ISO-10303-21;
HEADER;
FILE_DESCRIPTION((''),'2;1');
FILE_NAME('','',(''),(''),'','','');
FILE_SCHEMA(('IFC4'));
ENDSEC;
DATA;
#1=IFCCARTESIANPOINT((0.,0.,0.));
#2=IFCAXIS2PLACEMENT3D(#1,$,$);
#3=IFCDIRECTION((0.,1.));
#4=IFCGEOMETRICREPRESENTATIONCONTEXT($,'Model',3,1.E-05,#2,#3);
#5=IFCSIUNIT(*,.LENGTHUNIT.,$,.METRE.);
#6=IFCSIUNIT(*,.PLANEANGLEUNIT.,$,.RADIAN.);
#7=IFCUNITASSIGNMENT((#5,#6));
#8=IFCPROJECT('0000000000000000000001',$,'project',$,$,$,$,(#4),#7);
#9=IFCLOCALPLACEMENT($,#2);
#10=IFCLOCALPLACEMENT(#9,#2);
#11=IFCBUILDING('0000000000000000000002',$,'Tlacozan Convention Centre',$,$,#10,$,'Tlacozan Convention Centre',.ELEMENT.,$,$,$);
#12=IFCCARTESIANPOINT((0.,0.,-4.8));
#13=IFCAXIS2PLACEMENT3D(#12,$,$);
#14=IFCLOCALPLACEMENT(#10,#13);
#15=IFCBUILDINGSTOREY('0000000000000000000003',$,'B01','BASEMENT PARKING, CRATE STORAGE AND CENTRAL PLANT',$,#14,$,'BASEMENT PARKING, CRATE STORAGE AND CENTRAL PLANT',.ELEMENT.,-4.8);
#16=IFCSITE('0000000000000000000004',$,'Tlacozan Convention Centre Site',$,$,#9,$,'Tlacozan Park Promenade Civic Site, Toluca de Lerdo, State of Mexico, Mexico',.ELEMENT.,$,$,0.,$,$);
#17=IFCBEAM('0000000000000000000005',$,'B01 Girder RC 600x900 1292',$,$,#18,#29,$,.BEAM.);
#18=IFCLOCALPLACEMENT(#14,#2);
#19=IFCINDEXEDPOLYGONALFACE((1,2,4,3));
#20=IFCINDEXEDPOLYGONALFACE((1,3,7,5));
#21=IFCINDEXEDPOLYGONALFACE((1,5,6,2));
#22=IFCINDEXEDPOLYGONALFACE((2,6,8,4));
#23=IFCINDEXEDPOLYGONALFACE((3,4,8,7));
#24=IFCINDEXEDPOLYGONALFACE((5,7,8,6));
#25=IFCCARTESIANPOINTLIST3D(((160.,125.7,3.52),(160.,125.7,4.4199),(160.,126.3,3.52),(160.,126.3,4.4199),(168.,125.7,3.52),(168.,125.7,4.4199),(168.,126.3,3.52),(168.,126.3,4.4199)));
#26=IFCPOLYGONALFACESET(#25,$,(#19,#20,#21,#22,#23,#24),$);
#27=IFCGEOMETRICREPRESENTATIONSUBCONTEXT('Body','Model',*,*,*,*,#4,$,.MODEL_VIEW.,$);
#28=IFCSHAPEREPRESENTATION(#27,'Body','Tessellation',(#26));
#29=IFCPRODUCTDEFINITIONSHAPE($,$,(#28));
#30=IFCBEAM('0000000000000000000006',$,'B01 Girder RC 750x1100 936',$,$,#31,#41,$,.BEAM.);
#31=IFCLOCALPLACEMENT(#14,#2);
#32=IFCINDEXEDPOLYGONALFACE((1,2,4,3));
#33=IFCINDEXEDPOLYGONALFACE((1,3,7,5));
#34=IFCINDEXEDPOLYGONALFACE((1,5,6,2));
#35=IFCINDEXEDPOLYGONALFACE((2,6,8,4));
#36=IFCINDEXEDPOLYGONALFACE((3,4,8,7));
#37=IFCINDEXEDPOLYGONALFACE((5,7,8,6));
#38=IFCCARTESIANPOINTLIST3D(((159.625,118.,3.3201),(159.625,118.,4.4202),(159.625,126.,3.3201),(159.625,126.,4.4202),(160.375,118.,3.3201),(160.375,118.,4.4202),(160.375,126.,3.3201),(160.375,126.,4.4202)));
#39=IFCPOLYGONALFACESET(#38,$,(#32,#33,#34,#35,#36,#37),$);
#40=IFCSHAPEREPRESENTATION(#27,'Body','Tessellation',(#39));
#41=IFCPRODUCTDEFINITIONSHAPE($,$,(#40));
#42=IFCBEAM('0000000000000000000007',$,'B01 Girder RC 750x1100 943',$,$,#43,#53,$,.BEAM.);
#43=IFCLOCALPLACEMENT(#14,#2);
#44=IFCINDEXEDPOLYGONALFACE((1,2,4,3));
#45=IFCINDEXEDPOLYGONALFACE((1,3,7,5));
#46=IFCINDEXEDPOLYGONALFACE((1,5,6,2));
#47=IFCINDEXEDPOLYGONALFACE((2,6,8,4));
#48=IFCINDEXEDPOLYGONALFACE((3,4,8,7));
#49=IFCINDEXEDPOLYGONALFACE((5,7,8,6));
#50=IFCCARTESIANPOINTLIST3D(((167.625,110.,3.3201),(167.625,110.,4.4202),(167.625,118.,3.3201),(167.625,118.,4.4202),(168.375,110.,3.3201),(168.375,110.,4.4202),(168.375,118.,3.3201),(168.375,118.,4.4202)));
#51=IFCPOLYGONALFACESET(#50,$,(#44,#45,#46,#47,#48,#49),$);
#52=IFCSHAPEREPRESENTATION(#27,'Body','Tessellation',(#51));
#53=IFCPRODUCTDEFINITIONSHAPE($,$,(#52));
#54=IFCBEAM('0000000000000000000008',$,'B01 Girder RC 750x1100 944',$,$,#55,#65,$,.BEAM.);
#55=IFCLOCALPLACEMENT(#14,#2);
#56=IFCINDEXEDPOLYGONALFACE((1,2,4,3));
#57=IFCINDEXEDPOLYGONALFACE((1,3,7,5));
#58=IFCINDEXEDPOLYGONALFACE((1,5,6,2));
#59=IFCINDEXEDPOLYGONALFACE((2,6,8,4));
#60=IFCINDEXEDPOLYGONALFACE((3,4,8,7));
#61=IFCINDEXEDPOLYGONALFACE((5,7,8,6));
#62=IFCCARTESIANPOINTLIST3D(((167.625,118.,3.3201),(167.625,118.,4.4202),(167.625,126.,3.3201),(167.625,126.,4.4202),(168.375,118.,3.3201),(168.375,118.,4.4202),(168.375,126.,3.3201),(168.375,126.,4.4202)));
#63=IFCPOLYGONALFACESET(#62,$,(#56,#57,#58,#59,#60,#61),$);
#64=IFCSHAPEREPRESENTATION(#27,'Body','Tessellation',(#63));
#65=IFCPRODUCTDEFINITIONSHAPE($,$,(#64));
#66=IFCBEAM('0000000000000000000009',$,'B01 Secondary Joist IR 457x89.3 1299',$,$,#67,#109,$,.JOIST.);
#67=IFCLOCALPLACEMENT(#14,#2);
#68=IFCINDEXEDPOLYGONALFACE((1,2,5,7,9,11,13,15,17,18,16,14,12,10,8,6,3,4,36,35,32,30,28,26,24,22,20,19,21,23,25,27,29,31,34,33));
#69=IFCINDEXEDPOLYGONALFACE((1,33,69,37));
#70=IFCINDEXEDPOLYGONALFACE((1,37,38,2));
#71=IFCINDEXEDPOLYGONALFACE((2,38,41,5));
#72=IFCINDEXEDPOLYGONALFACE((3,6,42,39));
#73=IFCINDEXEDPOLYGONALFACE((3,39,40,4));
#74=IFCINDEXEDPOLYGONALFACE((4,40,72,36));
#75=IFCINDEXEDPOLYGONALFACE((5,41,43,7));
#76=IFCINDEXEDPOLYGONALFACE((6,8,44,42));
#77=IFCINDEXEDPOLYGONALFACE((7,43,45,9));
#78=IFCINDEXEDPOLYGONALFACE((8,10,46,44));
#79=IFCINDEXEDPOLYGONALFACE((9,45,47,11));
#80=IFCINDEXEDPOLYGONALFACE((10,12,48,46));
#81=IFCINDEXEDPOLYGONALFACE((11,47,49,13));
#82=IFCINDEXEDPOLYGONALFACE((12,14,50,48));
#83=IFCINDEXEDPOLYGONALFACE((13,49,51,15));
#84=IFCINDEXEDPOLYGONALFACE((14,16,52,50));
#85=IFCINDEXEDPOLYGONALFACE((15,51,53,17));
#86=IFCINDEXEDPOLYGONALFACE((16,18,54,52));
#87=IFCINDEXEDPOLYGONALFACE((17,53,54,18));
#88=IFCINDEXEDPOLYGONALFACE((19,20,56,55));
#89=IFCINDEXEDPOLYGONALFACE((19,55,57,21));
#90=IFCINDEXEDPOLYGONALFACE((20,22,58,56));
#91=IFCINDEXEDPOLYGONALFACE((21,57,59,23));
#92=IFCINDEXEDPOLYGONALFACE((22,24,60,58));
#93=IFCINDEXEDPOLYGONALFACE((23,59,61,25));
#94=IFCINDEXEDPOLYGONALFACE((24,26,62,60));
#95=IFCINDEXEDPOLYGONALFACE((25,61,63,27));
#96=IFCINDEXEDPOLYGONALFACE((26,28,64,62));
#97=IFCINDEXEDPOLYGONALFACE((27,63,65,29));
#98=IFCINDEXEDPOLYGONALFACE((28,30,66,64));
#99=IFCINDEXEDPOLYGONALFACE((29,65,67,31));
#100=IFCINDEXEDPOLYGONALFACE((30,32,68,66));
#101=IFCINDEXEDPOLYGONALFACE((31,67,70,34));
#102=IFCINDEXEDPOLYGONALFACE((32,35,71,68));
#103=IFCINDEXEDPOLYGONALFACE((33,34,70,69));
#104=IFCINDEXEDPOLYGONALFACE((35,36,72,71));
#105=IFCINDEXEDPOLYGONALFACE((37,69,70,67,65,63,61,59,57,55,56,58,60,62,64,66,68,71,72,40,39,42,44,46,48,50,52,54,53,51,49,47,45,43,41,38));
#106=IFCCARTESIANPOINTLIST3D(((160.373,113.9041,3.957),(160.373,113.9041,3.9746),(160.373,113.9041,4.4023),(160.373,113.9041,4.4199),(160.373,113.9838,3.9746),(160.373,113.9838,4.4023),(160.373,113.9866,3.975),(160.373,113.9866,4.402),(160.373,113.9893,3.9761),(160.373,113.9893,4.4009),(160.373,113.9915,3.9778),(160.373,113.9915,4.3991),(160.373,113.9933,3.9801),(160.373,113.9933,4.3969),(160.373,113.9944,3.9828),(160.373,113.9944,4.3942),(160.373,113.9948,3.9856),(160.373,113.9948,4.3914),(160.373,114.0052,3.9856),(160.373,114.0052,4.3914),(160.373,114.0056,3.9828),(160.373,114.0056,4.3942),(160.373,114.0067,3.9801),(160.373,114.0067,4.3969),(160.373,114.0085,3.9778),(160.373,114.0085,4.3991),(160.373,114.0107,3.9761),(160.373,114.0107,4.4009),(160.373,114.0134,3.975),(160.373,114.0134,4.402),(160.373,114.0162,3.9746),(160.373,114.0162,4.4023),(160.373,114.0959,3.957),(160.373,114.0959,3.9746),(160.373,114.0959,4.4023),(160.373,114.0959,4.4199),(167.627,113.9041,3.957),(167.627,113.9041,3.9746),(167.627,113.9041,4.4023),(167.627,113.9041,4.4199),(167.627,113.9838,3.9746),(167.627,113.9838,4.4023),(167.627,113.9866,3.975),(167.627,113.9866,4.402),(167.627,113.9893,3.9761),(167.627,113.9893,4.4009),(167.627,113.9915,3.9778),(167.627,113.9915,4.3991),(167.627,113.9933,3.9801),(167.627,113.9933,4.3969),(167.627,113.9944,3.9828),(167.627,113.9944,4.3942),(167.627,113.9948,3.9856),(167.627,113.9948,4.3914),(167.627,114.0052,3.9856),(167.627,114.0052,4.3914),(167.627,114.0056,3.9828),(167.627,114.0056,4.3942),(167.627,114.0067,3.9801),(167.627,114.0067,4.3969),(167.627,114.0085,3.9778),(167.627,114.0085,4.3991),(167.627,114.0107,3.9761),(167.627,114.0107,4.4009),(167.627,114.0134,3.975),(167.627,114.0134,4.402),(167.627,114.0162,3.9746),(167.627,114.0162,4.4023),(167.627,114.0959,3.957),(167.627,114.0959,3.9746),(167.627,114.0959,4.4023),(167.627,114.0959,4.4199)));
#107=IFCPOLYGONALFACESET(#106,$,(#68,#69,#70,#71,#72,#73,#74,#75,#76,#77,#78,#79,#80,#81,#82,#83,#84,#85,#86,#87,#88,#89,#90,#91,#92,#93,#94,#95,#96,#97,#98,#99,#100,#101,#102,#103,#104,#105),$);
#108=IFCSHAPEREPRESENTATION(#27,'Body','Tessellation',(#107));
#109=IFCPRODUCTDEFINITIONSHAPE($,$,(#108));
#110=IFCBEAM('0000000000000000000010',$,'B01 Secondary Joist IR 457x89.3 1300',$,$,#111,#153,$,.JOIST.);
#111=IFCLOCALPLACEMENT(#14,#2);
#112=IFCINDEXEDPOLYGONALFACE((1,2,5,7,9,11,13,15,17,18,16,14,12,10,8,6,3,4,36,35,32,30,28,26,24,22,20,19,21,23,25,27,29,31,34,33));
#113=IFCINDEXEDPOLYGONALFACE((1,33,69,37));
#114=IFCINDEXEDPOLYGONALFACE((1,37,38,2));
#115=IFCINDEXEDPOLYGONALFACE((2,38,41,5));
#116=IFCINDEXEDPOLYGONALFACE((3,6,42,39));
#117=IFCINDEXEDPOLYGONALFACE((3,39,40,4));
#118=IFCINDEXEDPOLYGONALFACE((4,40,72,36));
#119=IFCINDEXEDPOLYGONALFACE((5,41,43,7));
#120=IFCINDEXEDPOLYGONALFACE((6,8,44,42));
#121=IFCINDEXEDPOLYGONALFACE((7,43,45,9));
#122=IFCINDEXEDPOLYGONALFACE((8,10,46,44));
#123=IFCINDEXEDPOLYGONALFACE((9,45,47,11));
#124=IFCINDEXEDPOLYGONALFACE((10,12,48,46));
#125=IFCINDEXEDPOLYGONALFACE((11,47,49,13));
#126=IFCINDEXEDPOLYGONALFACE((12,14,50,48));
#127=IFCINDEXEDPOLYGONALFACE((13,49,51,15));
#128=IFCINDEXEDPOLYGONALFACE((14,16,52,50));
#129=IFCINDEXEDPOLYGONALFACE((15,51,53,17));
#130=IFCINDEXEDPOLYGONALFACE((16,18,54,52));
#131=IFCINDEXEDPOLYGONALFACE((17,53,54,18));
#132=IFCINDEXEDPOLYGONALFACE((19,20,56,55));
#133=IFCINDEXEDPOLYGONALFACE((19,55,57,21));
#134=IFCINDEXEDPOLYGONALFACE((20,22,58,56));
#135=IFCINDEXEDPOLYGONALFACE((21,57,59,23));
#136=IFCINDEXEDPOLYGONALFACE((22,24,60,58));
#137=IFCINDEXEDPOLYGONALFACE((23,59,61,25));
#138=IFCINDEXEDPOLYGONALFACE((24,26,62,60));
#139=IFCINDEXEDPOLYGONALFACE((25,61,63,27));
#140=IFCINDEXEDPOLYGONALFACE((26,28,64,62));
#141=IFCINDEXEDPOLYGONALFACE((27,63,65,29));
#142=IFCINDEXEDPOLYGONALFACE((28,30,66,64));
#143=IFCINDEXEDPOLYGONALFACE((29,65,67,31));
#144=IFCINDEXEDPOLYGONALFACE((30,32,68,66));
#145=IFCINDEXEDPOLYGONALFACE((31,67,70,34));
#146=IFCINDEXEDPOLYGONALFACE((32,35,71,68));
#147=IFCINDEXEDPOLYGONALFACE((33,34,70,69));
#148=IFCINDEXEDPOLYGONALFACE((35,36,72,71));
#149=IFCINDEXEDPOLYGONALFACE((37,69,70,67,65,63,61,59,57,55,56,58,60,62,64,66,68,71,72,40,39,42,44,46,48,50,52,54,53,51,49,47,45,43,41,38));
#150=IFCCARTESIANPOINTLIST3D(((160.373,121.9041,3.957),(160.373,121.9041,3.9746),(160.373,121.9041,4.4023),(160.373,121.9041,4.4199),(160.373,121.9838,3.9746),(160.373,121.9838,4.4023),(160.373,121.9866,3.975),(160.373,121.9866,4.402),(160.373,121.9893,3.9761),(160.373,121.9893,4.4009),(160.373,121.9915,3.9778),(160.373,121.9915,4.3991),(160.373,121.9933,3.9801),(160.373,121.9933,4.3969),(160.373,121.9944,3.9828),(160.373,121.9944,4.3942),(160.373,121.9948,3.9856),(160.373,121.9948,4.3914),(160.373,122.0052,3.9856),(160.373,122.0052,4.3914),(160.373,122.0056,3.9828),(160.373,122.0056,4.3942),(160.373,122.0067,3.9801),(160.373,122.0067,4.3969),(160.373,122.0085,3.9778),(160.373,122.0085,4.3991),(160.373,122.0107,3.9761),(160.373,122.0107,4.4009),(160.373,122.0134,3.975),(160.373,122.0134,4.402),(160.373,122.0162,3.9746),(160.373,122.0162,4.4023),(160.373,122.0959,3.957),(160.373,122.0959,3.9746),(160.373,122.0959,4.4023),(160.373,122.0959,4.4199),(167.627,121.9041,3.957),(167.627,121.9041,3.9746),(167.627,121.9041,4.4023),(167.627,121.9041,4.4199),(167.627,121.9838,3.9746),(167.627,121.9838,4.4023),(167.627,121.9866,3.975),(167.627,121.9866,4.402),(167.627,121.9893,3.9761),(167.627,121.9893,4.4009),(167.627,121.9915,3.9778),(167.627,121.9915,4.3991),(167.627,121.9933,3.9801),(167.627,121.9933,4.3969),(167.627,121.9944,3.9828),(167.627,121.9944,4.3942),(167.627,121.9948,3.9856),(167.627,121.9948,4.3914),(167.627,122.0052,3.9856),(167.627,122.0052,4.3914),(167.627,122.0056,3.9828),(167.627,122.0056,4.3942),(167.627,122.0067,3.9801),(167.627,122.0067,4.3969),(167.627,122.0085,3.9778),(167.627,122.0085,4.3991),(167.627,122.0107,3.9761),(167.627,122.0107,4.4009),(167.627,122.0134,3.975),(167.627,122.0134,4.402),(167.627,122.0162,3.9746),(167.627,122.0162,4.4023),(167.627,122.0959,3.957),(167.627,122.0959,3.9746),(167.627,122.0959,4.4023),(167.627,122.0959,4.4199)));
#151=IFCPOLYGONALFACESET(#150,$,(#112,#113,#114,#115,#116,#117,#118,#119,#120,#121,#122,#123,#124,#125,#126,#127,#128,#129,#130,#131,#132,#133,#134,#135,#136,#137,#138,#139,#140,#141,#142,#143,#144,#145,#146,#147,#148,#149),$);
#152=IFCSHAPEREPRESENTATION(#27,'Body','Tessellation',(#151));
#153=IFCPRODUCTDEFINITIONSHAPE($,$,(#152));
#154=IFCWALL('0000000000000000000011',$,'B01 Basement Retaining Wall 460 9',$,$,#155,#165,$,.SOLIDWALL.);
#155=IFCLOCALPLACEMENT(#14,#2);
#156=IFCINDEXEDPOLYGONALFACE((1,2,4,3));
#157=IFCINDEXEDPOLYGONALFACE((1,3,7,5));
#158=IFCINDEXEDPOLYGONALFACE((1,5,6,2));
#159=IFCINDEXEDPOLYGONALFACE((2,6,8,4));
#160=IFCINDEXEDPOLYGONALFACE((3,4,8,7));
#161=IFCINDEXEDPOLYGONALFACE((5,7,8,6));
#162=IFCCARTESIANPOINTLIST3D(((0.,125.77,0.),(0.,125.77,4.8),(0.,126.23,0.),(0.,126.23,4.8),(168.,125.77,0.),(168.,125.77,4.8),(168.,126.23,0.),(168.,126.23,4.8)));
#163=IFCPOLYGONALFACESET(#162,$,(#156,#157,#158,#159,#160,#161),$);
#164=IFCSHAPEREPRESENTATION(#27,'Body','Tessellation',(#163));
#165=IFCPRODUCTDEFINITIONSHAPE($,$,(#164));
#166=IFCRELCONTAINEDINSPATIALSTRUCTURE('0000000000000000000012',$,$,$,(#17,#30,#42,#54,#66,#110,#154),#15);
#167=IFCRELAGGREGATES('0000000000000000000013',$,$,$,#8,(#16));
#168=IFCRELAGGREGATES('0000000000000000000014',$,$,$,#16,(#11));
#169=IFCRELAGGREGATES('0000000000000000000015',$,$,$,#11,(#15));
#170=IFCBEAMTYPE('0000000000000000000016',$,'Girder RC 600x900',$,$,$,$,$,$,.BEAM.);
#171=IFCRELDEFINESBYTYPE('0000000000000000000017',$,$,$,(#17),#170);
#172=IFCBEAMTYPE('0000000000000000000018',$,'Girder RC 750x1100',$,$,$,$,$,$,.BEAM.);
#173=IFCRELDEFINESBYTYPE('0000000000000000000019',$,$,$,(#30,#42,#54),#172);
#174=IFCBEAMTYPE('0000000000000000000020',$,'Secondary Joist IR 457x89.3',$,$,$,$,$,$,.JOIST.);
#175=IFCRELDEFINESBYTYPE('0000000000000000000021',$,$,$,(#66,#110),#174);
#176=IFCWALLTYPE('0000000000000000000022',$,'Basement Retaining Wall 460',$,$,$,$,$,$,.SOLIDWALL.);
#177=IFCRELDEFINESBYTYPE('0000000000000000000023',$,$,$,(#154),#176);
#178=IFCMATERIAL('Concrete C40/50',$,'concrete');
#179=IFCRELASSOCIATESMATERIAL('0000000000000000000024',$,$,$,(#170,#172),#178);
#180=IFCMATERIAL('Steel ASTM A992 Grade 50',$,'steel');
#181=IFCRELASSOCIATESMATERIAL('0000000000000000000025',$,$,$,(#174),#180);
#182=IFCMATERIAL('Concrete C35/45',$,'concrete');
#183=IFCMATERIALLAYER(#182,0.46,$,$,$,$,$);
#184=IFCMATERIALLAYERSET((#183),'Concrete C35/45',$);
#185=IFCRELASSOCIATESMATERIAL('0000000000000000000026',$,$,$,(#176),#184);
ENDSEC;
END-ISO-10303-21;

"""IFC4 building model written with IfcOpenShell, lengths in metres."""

from ifc_helpers import new_model, si_unit, direction, frame, frame_2d, origin, origin_2d, place, context, subcontext, project, spatial, rectangle, i_section, extrude, material, layer, layer_set, material_profile, profile_set, type_object, element, save


model = new_model("IFC4")

# Units and contexts
model_context = context("Model", 3, precision=1e-05, world=origin(), true_north=direction((0.0, 1.0)))
body_context = subcontext(model_context, "Body", "Model", "MODEL_VIEW")
ifc_project = project(units=[si_unit("LENGTHUNIT", "METRE"), si_unit("PLANEANGLEUNIT", "RADIAN")], contexts=[model_context])

# Site, building, storey
site_placement = place(None, origin())
site = spatial("IfcSite", under=ifc_project, at=site_placement, Name="Tlacozan Convention Centre Site", LongName="Tlacozan Park Promenade Civic Site, Toluca de Lerdo, State of Mexico, Mexico", CompositionType="ELEMENT", RefElevation=0.0)
building_placement = place(site_placement, origin())
building = spatial("IfcBuilding", under=site, at=building_placement, Name="Tlacozan Convention Centre", LongName="Tlacozan Convention Centre", CompositionType="ELEMENT")
storey_placement = place(building_placement, frame((0.0, 0.0, -4.8)))
storey = spatial("IfcBuildingStorey", under=building, at=storey_placement, Name="B01", Description="BASEMENT PARKING, CRATE STORAGE AND CENTRAL PLANT", LongName="BASEMENT PARKING, CRATE STORAGE AND CENTRAL PLANT", CompositionType="ELEMENT", Elevation=-4.8)

# Shared definitions
ifc_material_1 = material(Name="Concrete C35/45", Category="concrete")

# Shared definitions
ifc_material_2 = material(Name="Concrete C40/50", Category="concrete")

# Beams
ifc_material_profile_1 = material_profile(ifc_material_2, rectangle(XDim=0.6001, YDim=0.8999, at=origin_2d()), Name="RC 600x900")
ifc_profile_set_1 = profile_set([ifc_material_profile_1], Name="Concrete C40/50")
beam_type_1 = type_object("IfcBeamType", Name="Girder RC 600x900", PredefinedType="BEAM", material=ifc_profile_set_1)
for number, where, z_axis, x_axis, name in (
    (1, (160.0, 126.0, 3.97), (1.0, 0.0, 0.0), (0.0, 1.0, 0.0), "B01 Girder RC 600x900 1292"),
):
    element("IfcBeam", number, at=place(storey_placement, frame(where, z_axis=z_axis, x_axis=x_axis)), inside=storey, type_object=beam_type_1, Name=name, PredefinedType="BEAM", context=body_context, shape_type="SweptSolid", body=[
        extrude(rectangle(XDim=0.6001, YDim=0.8999, at=origin_2d()), origin(), (0.0, 0.0, 1.0), 8.0),
    ])
ifc_material_profile_2 = material_profile(ifc_material_2, rectangle(XDim=0.75, YDim=1.1001, at=origin_2d()), Name="RC 750x1100")
ifc_profile_set_2 = profile_set([ifc_material_profile_2], Name="Concrete C40/50")
beam_type_2 = type_object("IfcBeamType", Name="Girder RC 750x1100", PredefinedType="BEAM", material=ifc_profile_set_2)
for number, where, z_axis, x_axis, name in (
    (2, (160.0, 118.0, 3.8701), (0.0, 1.0, 0.0), (-1.0, 0.0, 0.0), "B01 Girder RC 750x1100 936"),
    (3, (168.0, 110.0, 3.8701), (0.0, 1.0, 0.0), (-1.0, 0.0, 0.0), "B01 Girder RC 750x1100 943"),
    (4, (168.0, 118.0, 3.8701), (0.0, 1.0, 0.0), (-1.0, 0.0, 0.0), "B01 Girder RC 750x1100 944"),
):
    element("IfcBeam", number, at=place(storey_placement, frame(where, z_axis=z_axis, x_axis=x_axis)), inside=storey, type_object=beam_type_2, Name=name, PredefinedType="BEAM", context=body_context, shape_type="SweptSolid", body=[
        extrude(rectangle(XDim=0.75, YDim=1.1001, at=origin_2d()), origin(), (0.0, 0.0, 1.0), 8.0),
    ])
ifc_material_3 = material(Name="Steel ASTM A992 Grade 50", Category="steel")
ifc_material_profile_3 = material_profile(ifc_material_3, i_section(OverallWidth=0.1919, OverallDepth=0.4629, WebThickness=0.0105, FlangeThickness=0.0176, FilletRadius=0.011, at=origin_2d()), Name="IR 457x89.3")
ifc_profile_set_3 = profile_set([ifc_material_profile_3], Name="Steel ASTM A992 Grade 50")
beam_type_3 = type_object("IfcBeamType", Name="Secondary Joist IR 457x89.3", PredefinedType="JOIST", material=ifc_profile_set_3)
for number, where, z_axis, x_axis, name in (
    (5, (160.373, 114.0, 4.1885), (1.0, 0.0, 0.0), (0.0, 1.0, 0.0), "B01 Secondary Joist IR 457x89.3 1299"),
    (6, (160.373, 122.0, 4.1885), (1.0, 0.0, 0.0), (0.0, 1.0, 0.0), "B01 Secondary Joist IR 457x89.3 1300"),
):
    element("IfcBeam", number, at=place(storey_placement, frame(where, z_axis=z_axis, x_axis=x_axis)), inside=storey, type_object=beam_type_3, Name=name, PredefinedType="JOIST", context=body_context, shape_type="SweptSolid", body=[
        extrude(i_section(OverallWidth=0.1919, OverallDepth=0.4629, WebThickness=0.0105, FlangeThickness=0.0176, FilletRadius=0.011, at=origin_2d()), origin(), (0.0, 0.0, 1.0), 7.2539),
    ])

# Wall
ifc_layer_1 = layer(ifc_material_1, 0.46)
ifc_layer_set_1 = layer_set([ifc_layer_1], Name="Concrete C35/45")
wall_type = type_object("IfcWallType", Name="Basement Retaining Wall 460", PredefinedType="SOLIDWALL", material=ifc_layer_set_1)
wall_placement = place(storey_placement, frame((168.0, 126.0, 0.0), z_axis=(0.0, 0.0, 1.0), x_axis=(-1.0, 0.0, 0.0)))
element("IfcWall", 7, at=wall_placement, inside=storey, type_object=wall_type, Name="B01 Basement Retaining Wall 460 9", PredefinedType="SOLIDWALL", context=body_context, shape_type="SweptSolid", body=[
    extrude(rectangle(XDim=168.0, YDim=0.46, at=frame_2d((84.0, 0.0))), origin(), (0.0, 0.0, 1.0), 4.8),
])

save(model, "model.ifc")
